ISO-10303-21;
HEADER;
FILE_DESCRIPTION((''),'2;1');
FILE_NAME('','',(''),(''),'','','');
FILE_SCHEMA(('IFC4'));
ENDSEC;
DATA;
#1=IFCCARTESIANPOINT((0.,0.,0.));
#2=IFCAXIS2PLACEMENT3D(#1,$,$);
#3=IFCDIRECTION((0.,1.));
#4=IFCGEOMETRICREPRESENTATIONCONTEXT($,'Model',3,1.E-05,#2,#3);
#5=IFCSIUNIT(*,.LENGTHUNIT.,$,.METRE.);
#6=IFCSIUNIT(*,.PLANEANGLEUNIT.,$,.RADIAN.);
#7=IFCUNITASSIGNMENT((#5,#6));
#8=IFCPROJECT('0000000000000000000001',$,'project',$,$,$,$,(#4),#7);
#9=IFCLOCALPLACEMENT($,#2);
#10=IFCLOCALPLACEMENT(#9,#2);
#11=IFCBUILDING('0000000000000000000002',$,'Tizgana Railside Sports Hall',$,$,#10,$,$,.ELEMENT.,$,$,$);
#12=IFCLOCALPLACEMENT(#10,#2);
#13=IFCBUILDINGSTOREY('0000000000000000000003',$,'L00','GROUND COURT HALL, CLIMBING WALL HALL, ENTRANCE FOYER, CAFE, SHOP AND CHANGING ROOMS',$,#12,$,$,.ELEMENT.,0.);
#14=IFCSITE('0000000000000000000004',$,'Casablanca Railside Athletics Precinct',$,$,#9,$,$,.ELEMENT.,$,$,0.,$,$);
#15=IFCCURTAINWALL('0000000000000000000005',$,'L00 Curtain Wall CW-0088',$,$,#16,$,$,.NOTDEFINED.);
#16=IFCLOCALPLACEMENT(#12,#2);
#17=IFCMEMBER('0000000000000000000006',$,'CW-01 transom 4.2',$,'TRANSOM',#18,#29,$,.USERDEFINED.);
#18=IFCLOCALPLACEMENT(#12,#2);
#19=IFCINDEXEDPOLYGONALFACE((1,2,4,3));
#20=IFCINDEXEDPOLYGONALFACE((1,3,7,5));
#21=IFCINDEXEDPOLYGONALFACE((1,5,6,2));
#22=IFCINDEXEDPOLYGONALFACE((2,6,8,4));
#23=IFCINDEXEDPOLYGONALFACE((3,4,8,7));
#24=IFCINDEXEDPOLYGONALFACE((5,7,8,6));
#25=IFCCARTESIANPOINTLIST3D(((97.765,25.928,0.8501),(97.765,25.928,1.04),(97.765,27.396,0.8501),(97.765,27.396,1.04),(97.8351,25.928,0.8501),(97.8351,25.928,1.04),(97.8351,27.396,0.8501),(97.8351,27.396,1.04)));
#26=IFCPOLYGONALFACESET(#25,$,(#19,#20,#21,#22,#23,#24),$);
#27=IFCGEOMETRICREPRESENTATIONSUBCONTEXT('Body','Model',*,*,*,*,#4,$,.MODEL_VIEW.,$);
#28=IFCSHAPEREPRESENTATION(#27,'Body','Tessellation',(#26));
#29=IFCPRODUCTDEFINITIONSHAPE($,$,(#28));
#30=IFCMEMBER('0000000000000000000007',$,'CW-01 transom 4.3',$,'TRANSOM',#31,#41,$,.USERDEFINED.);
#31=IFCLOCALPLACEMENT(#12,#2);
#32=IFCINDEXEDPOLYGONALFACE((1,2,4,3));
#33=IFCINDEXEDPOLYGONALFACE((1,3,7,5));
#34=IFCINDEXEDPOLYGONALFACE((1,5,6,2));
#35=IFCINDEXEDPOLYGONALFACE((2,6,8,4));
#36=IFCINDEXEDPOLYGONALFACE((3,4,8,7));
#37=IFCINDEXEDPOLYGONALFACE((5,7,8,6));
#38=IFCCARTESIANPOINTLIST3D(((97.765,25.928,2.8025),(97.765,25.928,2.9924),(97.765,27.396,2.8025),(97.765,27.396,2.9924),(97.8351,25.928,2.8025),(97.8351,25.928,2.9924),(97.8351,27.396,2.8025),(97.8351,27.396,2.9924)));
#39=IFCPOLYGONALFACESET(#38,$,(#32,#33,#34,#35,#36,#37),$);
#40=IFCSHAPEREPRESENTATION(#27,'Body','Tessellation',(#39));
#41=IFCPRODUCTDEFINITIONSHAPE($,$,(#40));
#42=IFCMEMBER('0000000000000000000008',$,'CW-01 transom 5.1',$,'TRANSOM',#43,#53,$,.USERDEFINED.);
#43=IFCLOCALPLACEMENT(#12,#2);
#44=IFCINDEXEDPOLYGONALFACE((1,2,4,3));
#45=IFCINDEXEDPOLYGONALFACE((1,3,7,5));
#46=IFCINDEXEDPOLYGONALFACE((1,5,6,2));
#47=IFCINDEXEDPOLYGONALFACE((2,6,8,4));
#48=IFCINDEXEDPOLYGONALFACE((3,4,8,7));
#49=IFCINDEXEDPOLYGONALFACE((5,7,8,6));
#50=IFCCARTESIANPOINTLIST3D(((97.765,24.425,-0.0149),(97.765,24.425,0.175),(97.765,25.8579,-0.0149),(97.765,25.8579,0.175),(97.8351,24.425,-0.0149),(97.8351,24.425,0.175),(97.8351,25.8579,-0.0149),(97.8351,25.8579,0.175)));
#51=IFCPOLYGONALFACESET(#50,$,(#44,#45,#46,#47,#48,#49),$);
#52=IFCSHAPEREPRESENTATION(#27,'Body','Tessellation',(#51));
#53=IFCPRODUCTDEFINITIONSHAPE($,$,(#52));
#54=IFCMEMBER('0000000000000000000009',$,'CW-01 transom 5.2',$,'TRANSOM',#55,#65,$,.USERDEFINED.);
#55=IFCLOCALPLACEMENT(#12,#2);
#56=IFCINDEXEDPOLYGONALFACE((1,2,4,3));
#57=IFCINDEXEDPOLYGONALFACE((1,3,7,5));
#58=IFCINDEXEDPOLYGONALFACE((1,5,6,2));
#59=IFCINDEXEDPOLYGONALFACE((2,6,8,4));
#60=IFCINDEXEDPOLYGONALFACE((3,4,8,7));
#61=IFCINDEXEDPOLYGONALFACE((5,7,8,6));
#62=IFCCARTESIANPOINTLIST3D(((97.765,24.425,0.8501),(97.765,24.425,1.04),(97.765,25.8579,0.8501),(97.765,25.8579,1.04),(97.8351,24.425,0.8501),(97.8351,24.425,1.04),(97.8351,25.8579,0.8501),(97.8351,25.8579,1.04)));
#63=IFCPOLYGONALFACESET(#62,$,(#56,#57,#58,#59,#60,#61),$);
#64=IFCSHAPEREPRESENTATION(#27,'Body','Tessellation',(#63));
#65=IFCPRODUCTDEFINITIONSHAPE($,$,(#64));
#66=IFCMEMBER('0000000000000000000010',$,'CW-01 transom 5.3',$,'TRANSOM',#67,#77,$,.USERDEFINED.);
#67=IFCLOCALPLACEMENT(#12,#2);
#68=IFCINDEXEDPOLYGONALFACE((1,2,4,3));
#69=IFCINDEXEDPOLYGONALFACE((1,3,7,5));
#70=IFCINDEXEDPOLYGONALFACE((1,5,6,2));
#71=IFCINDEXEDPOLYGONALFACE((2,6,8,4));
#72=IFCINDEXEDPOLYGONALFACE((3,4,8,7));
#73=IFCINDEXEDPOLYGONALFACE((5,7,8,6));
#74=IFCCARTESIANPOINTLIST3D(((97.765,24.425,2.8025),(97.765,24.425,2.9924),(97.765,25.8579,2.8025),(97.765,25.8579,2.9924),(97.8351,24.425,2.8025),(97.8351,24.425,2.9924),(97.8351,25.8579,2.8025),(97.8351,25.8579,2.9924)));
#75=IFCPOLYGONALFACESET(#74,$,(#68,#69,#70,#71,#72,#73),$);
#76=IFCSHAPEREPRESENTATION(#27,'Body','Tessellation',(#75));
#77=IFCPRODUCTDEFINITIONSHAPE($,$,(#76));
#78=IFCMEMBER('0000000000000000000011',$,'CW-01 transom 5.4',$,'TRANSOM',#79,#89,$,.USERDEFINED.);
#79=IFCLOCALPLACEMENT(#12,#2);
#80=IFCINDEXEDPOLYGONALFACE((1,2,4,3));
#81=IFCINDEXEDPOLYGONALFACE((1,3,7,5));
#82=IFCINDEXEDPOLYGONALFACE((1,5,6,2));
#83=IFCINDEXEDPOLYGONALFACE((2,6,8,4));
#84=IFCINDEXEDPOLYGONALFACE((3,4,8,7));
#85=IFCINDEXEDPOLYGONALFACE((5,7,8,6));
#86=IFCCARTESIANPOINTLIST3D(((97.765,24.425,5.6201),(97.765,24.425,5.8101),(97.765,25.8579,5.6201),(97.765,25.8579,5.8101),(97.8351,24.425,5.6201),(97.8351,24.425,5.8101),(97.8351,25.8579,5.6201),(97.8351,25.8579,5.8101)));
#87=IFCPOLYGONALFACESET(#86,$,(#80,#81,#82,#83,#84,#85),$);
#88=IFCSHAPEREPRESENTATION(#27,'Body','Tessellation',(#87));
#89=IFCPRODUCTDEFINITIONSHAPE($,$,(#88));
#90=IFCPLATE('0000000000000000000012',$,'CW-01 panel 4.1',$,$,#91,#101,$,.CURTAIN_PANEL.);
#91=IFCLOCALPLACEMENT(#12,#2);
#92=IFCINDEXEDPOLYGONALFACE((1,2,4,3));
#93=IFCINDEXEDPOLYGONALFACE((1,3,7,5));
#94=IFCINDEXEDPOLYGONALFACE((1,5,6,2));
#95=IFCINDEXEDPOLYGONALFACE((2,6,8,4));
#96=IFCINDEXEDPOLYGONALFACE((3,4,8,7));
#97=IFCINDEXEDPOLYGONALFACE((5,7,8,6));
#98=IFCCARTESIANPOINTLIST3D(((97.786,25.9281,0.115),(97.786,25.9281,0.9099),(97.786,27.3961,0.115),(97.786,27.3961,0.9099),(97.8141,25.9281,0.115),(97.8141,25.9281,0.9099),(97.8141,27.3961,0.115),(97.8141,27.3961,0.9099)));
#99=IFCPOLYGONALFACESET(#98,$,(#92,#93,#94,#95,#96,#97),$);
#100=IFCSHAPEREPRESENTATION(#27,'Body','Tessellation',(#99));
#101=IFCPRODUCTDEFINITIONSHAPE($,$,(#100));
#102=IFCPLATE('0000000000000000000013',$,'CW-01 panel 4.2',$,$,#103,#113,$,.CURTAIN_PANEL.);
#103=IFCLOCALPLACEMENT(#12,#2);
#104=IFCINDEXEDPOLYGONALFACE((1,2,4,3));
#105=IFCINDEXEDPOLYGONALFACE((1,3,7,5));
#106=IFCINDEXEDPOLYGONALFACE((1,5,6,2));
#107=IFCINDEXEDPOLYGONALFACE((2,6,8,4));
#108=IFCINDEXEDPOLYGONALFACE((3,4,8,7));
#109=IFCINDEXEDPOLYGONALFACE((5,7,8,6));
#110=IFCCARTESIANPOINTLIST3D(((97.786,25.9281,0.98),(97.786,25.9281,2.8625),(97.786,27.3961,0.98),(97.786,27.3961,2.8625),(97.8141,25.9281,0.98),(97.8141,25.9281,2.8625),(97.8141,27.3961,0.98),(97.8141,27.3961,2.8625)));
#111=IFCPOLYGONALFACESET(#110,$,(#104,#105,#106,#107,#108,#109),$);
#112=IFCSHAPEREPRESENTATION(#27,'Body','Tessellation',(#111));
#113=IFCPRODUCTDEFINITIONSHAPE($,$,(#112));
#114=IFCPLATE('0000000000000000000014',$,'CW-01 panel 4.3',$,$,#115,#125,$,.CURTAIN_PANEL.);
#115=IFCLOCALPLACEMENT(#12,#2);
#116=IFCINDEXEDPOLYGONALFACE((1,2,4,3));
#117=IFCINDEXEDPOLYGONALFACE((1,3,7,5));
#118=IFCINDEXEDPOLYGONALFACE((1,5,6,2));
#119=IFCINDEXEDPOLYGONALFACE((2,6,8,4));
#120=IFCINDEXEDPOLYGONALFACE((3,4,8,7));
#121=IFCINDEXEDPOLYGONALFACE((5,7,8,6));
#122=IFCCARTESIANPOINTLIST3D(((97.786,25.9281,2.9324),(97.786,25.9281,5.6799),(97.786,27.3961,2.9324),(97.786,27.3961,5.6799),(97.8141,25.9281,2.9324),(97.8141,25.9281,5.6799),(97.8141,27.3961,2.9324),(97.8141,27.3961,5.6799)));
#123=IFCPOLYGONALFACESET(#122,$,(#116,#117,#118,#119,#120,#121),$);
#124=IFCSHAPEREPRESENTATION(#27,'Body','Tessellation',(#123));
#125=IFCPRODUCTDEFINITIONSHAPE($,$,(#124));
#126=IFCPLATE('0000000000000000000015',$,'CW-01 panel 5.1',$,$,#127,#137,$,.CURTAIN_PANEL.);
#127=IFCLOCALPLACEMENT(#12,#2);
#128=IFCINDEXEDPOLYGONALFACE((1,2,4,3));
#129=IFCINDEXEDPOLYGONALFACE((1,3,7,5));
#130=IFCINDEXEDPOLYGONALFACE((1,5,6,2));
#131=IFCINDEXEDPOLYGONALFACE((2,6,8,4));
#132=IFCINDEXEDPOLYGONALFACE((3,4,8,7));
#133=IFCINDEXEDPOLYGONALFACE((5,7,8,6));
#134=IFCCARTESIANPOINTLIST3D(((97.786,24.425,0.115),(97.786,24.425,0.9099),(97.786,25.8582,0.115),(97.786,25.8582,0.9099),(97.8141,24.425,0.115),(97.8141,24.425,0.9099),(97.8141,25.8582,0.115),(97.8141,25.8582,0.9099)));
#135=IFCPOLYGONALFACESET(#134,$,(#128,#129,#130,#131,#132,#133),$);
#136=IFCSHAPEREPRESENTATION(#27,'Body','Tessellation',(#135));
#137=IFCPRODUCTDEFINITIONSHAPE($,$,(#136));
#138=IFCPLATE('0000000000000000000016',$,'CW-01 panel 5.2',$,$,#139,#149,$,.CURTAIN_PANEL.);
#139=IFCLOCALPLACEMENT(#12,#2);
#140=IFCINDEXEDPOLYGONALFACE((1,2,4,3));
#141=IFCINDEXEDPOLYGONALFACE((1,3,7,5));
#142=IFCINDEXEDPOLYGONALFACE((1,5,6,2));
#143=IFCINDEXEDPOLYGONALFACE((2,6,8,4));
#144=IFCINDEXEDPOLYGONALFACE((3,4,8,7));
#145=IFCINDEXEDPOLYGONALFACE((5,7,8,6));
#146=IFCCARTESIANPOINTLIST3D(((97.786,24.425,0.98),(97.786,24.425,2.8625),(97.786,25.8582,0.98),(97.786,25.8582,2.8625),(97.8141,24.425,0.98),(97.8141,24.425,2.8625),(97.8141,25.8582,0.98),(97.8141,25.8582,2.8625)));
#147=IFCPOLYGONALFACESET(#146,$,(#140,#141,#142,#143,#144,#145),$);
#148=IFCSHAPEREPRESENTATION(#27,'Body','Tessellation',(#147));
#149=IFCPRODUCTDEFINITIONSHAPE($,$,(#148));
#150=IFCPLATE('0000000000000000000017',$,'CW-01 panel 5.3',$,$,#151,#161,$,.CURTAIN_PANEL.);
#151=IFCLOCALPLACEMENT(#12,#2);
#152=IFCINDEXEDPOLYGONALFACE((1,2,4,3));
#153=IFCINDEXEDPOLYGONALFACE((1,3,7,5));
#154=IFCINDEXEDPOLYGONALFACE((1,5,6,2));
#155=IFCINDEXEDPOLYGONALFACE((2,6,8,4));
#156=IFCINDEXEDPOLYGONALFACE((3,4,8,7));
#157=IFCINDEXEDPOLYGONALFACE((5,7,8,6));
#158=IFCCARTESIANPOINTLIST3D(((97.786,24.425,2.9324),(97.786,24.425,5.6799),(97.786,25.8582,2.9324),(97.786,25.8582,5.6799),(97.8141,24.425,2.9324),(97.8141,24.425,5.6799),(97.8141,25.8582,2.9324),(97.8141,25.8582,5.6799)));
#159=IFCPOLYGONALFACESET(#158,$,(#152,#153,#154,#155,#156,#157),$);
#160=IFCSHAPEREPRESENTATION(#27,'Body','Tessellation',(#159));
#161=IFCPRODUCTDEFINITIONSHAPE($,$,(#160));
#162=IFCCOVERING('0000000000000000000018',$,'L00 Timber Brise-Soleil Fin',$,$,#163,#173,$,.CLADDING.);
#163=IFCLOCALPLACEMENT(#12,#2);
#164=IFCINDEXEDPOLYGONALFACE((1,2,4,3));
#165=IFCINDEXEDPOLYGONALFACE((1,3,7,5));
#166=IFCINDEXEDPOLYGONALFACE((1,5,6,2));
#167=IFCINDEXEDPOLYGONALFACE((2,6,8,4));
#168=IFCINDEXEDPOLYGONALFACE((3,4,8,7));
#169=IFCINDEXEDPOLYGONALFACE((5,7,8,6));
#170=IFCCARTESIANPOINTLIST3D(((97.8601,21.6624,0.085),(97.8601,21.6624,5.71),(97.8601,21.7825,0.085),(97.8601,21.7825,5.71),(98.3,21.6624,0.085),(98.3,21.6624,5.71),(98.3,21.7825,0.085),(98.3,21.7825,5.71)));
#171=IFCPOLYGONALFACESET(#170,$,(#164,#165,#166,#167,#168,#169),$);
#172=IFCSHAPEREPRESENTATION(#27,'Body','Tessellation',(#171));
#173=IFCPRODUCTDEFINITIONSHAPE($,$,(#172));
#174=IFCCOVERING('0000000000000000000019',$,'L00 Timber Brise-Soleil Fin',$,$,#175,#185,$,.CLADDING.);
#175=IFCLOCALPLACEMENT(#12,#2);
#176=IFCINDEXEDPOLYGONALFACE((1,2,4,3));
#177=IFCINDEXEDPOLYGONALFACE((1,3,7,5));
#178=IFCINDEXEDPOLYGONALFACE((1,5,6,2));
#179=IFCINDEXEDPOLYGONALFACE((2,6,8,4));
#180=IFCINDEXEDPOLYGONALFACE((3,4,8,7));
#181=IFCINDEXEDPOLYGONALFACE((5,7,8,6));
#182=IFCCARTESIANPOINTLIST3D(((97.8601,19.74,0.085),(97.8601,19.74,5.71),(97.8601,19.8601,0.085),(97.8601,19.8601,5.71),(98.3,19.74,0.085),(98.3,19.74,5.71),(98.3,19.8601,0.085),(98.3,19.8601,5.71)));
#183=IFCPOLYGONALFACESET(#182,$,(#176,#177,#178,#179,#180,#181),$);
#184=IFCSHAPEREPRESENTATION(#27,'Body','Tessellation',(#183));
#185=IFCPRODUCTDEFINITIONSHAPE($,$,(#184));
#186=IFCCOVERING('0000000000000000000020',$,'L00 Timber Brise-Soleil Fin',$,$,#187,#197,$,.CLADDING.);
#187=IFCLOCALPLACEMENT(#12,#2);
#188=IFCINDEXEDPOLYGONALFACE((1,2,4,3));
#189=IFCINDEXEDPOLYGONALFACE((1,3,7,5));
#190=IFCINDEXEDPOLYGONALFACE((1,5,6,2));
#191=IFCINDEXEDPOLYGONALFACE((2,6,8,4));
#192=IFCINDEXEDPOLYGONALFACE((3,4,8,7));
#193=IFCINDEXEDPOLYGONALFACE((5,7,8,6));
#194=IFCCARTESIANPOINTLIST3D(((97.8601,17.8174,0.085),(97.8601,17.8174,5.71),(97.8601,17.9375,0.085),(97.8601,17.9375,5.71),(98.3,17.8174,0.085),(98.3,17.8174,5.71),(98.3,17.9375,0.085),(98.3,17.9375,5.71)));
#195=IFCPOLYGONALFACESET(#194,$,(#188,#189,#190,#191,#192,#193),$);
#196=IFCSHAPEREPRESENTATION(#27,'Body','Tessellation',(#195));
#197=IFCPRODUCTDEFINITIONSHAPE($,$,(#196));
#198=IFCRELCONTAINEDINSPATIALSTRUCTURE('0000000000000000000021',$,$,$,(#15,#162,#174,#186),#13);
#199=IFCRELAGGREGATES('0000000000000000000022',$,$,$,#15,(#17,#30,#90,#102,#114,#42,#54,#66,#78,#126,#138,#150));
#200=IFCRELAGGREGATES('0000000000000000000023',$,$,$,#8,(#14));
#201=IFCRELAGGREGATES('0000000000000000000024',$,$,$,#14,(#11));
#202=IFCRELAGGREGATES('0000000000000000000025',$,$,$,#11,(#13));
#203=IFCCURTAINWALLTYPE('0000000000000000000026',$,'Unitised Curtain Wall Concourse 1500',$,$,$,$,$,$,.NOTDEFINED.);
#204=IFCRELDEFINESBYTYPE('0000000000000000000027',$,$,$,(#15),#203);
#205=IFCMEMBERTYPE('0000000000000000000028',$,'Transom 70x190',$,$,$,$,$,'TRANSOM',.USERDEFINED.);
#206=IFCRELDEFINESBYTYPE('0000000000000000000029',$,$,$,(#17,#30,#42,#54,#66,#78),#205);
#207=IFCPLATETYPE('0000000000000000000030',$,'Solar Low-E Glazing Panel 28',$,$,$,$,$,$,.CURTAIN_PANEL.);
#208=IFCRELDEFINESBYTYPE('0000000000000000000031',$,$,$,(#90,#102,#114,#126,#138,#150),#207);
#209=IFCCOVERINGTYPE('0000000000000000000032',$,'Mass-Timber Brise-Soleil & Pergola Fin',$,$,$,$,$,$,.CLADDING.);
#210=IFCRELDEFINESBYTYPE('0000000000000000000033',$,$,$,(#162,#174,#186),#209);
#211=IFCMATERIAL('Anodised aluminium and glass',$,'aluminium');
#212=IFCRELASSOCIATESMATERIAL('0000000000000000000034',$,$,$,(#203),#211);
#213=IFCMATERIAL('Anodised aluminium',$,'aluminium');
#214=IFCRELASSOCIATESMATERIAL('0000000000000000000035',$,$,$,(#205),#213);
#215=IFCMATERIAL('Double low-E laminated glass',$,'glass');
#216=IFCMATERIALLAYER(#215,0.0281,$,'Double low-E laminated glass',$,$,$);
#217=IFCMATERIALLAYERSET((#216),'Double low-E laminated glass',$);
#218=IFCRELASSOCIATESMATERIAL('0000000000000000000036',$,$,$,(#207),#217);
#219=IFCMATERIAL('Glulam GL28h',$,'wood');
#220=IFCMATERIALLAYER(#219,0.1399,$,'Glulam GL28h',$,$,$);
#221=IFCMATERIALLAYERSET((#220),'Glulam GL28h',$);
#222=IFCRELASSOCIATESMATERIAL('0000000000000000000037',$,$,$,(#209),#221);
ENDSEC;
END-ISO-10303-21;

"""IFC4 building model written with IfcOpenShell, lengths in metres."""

from ifc_helpers import new_model, si_unit, direction, frame, origin, origin_2d, place, context, subcontext, project, spatial, rectangle, extrude, material, layer, layer_set, material_profile, profile_set, type_object, element, aggregate, save


model = new_model("IFC4")

# Units and contexts
model_context = context("Model", 3, precision=1e-05, world=origin(), true_north=direction((0.0, 1.0)))
body_context = subcontext(model_context, "Body", "Model", "MODEL_VIEW")
ifc_project = project(units=[si_unit("LENGTHUNIT", "METRE"), si_unit("PLANEANGLEUNIT", "RADIAN")], contexts=[model_context])

# Site, building, storey
site_placement = place(None, origin())
site = spatial("IfcSite", under=ifc_project, at=site_placement, Name="Casablanca Railside Athletics Precinct", CompositionType="ELEMENT", RefElevation=0.0)
building_placement = place(site_placement, origin())
building = spatial("IfcBuilding", under=site, at=building_placement, Name="Tizgana Railside Sports Hall", CompositionType="ELEMENT")
storey_placement = place(building_placement, origin())
storey = spatial("IfcBuildingStorey", under=building, at=storey_placement, Name="L00", Description="GROUND COURT HALL, CLIMBING WALL HALL, ENTRANCE FOYER, CAFE, SHOP AND CHANGING ROOMS", CompositionType="ELEMENT", Elevation=0.0)

# Shared definitions
ifc_material_1 = material(Name="Anodised aluminium and glass", Category="aluminium")
ifc_material_2 = material(Name="Anodised aluminium", Category="aluminium")

# Curtain wall
curtain_wall_type_1 = type_object("IfcCurtainWallType", Name="Unitised Curtain Wall Concourse 1500", PredefinedType="NOTDEFINED", material=ifc_material_1)
curtain_wall_1_placement = place(storey_placement, origin())
curtain_wall_1 = element("IfcCurtainWall", 1, at=curtain_wall_1_placement, inside=storey, type_object=curtain_wall_type_1, Name="L00 Curtain Wall CW-0088", PredefinedType="NOTDEFINED")

# Members
ifc_material_profile_1 = material_profile(ifc_material_2, rectangle(XDim=0.0701, YDim=0.1899, at=origin_2d()), Name="Transom 70x190")
ifc_profile_set_1 = profile_set([ifc_material_profile_1], Name="Anodised aluminium")
member_type_1 = type_object("IfcMemberType", Name="Transom 70x190", ElementType="TRANSOM", PredefinedType="USERDEFINED", material=ifc_profile_set_1)
member_1_placement = place(storey_placement, frame((97.8, 27.396, 0.9451), z_axis=(0.0, -1.0, 0.0), x_axis=(1.0, 0.0, 0.0)))
member_1 = element("IfcMember", 2, at=member_1_placement, type_object=member_type_1, Name="CW-01 transom 4.2", ObjectType="TRANSOM", PredefinedType="USERDEFINED", context=body_context, shape_type="SweptSolid", body=[
    extrude(rectangle(XDim=0.0701, YDim=0.1899, at=origin_2d()), origin(), (0.0, 0.0, 1.0), 1.468),
])
member_2_placement = place(storey_placement, frame((97.8, 27.396, 2.8975), z_axis=(0.0, -1.0, 0.0), x_axis=(1.0, 0.0, 0.0)))
member_2 = element("IfcMember", 3, at=member_2_placement, type_object=member_type_1, Name="CW-01 transom 4.3", ObjectType="TRANSOM", PredefinedType="USERDEFINED", context=body_context, shape_type="SweptSolid", body=[
    extrude(rectangle(XDim=0.0701, YDim=0.1899, at=origin_2d()), origin(), (0.0, 0.0, 1.0), 1.468),
])
member_3_placement = place(storey_placement, frame((97.8, 25.8579, 0.0801), z_axis=(0.0, -1.0, 0.0), x_axis=(1.0, 0.0, 0.0)))
member_3 = element("IfcMember", 4, at=member_3_placement, type_object=member_type_1, Name="CW-01 transom 5.1", ObjectType="TRANSOM", PredefinedType="USERDEFINED", context=body_context, shape_type="SweptSolid", body=[
    extrude(rectangle(XDim=0.0701, YDim=0.1899, at=origin_2d()), origin(), (0.0, 0.0, 1.0), 1.4329),
])
member_4_placement = place(storey_placement, frame((97.8, 25.8579, 0.9451), z_axis=(0.0, -1.0, 0.0), x_axis=(1.0, 0.0, 0.0)))
member_4 = element("IfcMember", 5, at=member_4_placement, type_object=member_type_1, Name="CW-01 transom 5.2", ObjectType="TRANSOM", PredefinedType="USERDEFINED", context=body_context, shape_type="SweptSolid", body=[
    extrude(rectangle(XDim=0.0701, YDim=0.1899, at=origin_2d()), origin(), (0.0, 0.0, 1.0), 1.4329),
])
member_5_placement = place(storey_placement, frame((97.8, 25.8579, 2.8975), z_axis=(0.0, -1.0, 0.0), x_axis=(1.0, 0.0, 0.0)))
member_5 = element("IfcMember", 6, at=member_5_placement, type_object=member_type_1, Name="CW-01 transom 5.3", ObjectType="TRANSOM", PredefinedType="USERDEFINED", context=body_context, shape_type="SweptSolid", body=[
    extrude(rectangle(XDim=0.0701, YDim=0.1899, at=origin_2d()), origin(), (0.0, 0.0, 1.0), 1.4329),
])
member_6_placement = place(storey_placement, frame((97.8, 25.8579, 5.7151), z_axis=(0.0, -1.0, 0.0), x_axis=(1.0, 0.0, 0.0)))
member_6 = element("IfcMember", 7, at=member_6_placement, type_object=member_type_1, Name="CW-01 transom 5.4", ObjectType="TRANSOM", PredefinedType="USERDEFINED", context=body_context, shape_type="SweptSolid", body=[
    extrude(rectangle(XDim=0.0701, YDim=0.1899, at=origin_2d()), origin(), (0.0, 0.0, 1.0), 1.4329),
])

# Plates
ifc_material_3 = material(Name="Double low-E laminated glass", Category="glass")
ifc_layer_1 = layer(ifc_material_3, 0.0281, Name="Double low-E laminated glass")
ifc_layer_set_1 = layer_set([ifc_layer_1], Name="Double low-E laminated glass")
plate_type = type_object("IfcPlateType", Name="Solar Low-E Glazing Panel 28", PredefinedType="CURTAIN_PANEL", material=ifc_layer_set_1)
plate_1_placement = place(storey_placement, frame((97.8, 26.6621, 0.115), z_axis=(0.0, 0.0, 1.0), x_axis=(0.0, -1.0, 0.0)))
plate_1 = element("IfcPlate", 8, at=plate_1_placement, type_object=plate_type, Name="CW-01 panel 4.1", PredefinedType="CURTAIN_PANEL", context=body_context, shape_type="SweptSolid", body=[
    extrude(rectangle(XDim=1.468, YDim=0.0281, at=origin_2d()), origin(), (0.0, 0.0, 1.0), 0.7949),
])
plate_2_placement = place(storey_placement, frame((97.8, 26.6621, 0.98), z_axis=(0.0, 0.0, 1.0), x_axis=(0.0, -1.0, 0.0)))
plate_2 = element("IfcPlate", 9, at=plate_2_placement, type_object=plate_type, Name="CW-01 panel 4.2", PredefinedType="CURTAIN_PANEL", context=body_context, shape_type="SweptSolid", body=[
    extrude(rectangle(XDim=1.468, YDim=0.0281, at=origin_2d()), origin(), (0.0, 0.0, 1.0), 1.8826),
])
plate_3_placement = place(storey_placement, frame((97.8, 26.6621, 2.9324), z_axis=(0.0, 0.0, 1.0), x_axis=(0.0, -1.0, 0.0)))
plate_3 = element("IfcPlate", 10, at=plate_3_placement, type_object=plate_type, Name="CW-01 panel 4.3", PredefinedType="CURTAIN_PANEL", context=body_context, shape_type="SweptSolid", body=[
    extrude(rectangle(XDim=1.468, YDim=0.0281, at=origin_2d()), origin(), (0.0, 0.0, 1.0), 2.7476),
])
plate_4_placement = place(storey_placement, frame((97.8, 25.1416, 0.115), z_axis=(0.0, 0.0, 1.0), x_axis=(0.0, -1.0, 0.0)))
plate_4 = element("IfcPlate", 11, at=plate_4_placement, type_object=plate_type, Name="CW-01 panel 5.1", PredefinedType="CURTAIN_PANEL", context=body_context, shape_type="SweptSolid", body=[
    extrude(rectangle(XDim=1.4331, YDim=0.0281, at=origin_2d()), origin(), (0.0, 0.0, 1.0), 0.7949),
])
plate_5_placement = place(storey_placement, frame((97.8, 25.1416, 0.98), z_axis=(0.0, 0.0, 1.0), x_axis=(0.0, -1.0, 0.0)))
plate_5 = element("IfcPlate", 12, at=plate_5_placement, type_object=plate_type, Name="CW-01 panel 5.2", PredefinedType="CURTAIN_PANEL", context=body_context, shape_type="SweptSolid", body=[
    extrude(rectangle(XDim=1.4331, YDim=0.0281, at=origin_2d()), origin(), (0.0, 0.0, 1.0), 1.8826),
])
plate_6_placement = place(storey_placement, frame((97.8, 25.1416, 2.9324), z_axis=(0.0, 0.0, 1.0), x_axis=(0.0, -1.0, 0.0)))
plate_6 = element("IfcPlate", 13, at=plate_6_placement, type_object=plate_type, Name="CW-01 panel 5.3", PredefinedType="CURTAIN_PANEL", context=body_context, shape_type="SweptSolid", body=[
    extrude(rectangle(XDim=1.4331, YDim=0.0281, at=origin_2d()), origin(), (0.0, 0.0, 1.0), 2.7476),
])
aggregate(curtain_wall_1, [member_1, member_2, plate_1, plate_2, plate_3, member_3, member_4, member_5, member_6, plate_4, plate_5, plate_6])

# Coverings
ifc_material_4 = material(Name="Glulam GL28h", Category="wood")
ifc_layer_2 = layer(ifc_material_4, 0.1399, Name="Glulam GL28h")
ifc_layer_set_2 = layer_set([ifc_layer_2], Name="Glulam GL28h")
covering_type = type_object("IfcCoveringType", Name="Mass-Timber Brise-Soleil & Pergola Fin", PredefinedType="CLADDING", material=ifc_layer_set_2)
for number, where, z_axis, x_axis, name in (
    (14, (98.0801, 21.7224, 0.085), (0.0, 0.0, 1.0), (0.0, -1.0, 0.0), "L00 Timber Brise-Soleil Fin"),
    (15, (98.0801, 19.8, 0.085), (0.0, 0.0, 1.0), (0.0, -1.0, 0.0), "L00 Timber Brise-Soleil Fin"),
    (16, (98.0801, 17.8774, 0.085), (0.0, 0.0, 1.0), (0.0, -1.0, 0.0), "L00 Timber Brise-Soleil Fin"),
):
    element("IfcCovering", number, at=place(storey_placement, frame(where, z_axis=z_axis, x_axis=x_axis)), inside=storey, type_object=covering_type, Name=name, PredefinedType="CLADDING", context=body_context, shape_type="SweptSolid", body=[
        extrude(rectangle(XDim=0.1201, YDim=0.4399, at=origin_2d()), origin(), (0.0, 0.0, 1.0), 5.625),
    ])

save(model, "model.ifc")
